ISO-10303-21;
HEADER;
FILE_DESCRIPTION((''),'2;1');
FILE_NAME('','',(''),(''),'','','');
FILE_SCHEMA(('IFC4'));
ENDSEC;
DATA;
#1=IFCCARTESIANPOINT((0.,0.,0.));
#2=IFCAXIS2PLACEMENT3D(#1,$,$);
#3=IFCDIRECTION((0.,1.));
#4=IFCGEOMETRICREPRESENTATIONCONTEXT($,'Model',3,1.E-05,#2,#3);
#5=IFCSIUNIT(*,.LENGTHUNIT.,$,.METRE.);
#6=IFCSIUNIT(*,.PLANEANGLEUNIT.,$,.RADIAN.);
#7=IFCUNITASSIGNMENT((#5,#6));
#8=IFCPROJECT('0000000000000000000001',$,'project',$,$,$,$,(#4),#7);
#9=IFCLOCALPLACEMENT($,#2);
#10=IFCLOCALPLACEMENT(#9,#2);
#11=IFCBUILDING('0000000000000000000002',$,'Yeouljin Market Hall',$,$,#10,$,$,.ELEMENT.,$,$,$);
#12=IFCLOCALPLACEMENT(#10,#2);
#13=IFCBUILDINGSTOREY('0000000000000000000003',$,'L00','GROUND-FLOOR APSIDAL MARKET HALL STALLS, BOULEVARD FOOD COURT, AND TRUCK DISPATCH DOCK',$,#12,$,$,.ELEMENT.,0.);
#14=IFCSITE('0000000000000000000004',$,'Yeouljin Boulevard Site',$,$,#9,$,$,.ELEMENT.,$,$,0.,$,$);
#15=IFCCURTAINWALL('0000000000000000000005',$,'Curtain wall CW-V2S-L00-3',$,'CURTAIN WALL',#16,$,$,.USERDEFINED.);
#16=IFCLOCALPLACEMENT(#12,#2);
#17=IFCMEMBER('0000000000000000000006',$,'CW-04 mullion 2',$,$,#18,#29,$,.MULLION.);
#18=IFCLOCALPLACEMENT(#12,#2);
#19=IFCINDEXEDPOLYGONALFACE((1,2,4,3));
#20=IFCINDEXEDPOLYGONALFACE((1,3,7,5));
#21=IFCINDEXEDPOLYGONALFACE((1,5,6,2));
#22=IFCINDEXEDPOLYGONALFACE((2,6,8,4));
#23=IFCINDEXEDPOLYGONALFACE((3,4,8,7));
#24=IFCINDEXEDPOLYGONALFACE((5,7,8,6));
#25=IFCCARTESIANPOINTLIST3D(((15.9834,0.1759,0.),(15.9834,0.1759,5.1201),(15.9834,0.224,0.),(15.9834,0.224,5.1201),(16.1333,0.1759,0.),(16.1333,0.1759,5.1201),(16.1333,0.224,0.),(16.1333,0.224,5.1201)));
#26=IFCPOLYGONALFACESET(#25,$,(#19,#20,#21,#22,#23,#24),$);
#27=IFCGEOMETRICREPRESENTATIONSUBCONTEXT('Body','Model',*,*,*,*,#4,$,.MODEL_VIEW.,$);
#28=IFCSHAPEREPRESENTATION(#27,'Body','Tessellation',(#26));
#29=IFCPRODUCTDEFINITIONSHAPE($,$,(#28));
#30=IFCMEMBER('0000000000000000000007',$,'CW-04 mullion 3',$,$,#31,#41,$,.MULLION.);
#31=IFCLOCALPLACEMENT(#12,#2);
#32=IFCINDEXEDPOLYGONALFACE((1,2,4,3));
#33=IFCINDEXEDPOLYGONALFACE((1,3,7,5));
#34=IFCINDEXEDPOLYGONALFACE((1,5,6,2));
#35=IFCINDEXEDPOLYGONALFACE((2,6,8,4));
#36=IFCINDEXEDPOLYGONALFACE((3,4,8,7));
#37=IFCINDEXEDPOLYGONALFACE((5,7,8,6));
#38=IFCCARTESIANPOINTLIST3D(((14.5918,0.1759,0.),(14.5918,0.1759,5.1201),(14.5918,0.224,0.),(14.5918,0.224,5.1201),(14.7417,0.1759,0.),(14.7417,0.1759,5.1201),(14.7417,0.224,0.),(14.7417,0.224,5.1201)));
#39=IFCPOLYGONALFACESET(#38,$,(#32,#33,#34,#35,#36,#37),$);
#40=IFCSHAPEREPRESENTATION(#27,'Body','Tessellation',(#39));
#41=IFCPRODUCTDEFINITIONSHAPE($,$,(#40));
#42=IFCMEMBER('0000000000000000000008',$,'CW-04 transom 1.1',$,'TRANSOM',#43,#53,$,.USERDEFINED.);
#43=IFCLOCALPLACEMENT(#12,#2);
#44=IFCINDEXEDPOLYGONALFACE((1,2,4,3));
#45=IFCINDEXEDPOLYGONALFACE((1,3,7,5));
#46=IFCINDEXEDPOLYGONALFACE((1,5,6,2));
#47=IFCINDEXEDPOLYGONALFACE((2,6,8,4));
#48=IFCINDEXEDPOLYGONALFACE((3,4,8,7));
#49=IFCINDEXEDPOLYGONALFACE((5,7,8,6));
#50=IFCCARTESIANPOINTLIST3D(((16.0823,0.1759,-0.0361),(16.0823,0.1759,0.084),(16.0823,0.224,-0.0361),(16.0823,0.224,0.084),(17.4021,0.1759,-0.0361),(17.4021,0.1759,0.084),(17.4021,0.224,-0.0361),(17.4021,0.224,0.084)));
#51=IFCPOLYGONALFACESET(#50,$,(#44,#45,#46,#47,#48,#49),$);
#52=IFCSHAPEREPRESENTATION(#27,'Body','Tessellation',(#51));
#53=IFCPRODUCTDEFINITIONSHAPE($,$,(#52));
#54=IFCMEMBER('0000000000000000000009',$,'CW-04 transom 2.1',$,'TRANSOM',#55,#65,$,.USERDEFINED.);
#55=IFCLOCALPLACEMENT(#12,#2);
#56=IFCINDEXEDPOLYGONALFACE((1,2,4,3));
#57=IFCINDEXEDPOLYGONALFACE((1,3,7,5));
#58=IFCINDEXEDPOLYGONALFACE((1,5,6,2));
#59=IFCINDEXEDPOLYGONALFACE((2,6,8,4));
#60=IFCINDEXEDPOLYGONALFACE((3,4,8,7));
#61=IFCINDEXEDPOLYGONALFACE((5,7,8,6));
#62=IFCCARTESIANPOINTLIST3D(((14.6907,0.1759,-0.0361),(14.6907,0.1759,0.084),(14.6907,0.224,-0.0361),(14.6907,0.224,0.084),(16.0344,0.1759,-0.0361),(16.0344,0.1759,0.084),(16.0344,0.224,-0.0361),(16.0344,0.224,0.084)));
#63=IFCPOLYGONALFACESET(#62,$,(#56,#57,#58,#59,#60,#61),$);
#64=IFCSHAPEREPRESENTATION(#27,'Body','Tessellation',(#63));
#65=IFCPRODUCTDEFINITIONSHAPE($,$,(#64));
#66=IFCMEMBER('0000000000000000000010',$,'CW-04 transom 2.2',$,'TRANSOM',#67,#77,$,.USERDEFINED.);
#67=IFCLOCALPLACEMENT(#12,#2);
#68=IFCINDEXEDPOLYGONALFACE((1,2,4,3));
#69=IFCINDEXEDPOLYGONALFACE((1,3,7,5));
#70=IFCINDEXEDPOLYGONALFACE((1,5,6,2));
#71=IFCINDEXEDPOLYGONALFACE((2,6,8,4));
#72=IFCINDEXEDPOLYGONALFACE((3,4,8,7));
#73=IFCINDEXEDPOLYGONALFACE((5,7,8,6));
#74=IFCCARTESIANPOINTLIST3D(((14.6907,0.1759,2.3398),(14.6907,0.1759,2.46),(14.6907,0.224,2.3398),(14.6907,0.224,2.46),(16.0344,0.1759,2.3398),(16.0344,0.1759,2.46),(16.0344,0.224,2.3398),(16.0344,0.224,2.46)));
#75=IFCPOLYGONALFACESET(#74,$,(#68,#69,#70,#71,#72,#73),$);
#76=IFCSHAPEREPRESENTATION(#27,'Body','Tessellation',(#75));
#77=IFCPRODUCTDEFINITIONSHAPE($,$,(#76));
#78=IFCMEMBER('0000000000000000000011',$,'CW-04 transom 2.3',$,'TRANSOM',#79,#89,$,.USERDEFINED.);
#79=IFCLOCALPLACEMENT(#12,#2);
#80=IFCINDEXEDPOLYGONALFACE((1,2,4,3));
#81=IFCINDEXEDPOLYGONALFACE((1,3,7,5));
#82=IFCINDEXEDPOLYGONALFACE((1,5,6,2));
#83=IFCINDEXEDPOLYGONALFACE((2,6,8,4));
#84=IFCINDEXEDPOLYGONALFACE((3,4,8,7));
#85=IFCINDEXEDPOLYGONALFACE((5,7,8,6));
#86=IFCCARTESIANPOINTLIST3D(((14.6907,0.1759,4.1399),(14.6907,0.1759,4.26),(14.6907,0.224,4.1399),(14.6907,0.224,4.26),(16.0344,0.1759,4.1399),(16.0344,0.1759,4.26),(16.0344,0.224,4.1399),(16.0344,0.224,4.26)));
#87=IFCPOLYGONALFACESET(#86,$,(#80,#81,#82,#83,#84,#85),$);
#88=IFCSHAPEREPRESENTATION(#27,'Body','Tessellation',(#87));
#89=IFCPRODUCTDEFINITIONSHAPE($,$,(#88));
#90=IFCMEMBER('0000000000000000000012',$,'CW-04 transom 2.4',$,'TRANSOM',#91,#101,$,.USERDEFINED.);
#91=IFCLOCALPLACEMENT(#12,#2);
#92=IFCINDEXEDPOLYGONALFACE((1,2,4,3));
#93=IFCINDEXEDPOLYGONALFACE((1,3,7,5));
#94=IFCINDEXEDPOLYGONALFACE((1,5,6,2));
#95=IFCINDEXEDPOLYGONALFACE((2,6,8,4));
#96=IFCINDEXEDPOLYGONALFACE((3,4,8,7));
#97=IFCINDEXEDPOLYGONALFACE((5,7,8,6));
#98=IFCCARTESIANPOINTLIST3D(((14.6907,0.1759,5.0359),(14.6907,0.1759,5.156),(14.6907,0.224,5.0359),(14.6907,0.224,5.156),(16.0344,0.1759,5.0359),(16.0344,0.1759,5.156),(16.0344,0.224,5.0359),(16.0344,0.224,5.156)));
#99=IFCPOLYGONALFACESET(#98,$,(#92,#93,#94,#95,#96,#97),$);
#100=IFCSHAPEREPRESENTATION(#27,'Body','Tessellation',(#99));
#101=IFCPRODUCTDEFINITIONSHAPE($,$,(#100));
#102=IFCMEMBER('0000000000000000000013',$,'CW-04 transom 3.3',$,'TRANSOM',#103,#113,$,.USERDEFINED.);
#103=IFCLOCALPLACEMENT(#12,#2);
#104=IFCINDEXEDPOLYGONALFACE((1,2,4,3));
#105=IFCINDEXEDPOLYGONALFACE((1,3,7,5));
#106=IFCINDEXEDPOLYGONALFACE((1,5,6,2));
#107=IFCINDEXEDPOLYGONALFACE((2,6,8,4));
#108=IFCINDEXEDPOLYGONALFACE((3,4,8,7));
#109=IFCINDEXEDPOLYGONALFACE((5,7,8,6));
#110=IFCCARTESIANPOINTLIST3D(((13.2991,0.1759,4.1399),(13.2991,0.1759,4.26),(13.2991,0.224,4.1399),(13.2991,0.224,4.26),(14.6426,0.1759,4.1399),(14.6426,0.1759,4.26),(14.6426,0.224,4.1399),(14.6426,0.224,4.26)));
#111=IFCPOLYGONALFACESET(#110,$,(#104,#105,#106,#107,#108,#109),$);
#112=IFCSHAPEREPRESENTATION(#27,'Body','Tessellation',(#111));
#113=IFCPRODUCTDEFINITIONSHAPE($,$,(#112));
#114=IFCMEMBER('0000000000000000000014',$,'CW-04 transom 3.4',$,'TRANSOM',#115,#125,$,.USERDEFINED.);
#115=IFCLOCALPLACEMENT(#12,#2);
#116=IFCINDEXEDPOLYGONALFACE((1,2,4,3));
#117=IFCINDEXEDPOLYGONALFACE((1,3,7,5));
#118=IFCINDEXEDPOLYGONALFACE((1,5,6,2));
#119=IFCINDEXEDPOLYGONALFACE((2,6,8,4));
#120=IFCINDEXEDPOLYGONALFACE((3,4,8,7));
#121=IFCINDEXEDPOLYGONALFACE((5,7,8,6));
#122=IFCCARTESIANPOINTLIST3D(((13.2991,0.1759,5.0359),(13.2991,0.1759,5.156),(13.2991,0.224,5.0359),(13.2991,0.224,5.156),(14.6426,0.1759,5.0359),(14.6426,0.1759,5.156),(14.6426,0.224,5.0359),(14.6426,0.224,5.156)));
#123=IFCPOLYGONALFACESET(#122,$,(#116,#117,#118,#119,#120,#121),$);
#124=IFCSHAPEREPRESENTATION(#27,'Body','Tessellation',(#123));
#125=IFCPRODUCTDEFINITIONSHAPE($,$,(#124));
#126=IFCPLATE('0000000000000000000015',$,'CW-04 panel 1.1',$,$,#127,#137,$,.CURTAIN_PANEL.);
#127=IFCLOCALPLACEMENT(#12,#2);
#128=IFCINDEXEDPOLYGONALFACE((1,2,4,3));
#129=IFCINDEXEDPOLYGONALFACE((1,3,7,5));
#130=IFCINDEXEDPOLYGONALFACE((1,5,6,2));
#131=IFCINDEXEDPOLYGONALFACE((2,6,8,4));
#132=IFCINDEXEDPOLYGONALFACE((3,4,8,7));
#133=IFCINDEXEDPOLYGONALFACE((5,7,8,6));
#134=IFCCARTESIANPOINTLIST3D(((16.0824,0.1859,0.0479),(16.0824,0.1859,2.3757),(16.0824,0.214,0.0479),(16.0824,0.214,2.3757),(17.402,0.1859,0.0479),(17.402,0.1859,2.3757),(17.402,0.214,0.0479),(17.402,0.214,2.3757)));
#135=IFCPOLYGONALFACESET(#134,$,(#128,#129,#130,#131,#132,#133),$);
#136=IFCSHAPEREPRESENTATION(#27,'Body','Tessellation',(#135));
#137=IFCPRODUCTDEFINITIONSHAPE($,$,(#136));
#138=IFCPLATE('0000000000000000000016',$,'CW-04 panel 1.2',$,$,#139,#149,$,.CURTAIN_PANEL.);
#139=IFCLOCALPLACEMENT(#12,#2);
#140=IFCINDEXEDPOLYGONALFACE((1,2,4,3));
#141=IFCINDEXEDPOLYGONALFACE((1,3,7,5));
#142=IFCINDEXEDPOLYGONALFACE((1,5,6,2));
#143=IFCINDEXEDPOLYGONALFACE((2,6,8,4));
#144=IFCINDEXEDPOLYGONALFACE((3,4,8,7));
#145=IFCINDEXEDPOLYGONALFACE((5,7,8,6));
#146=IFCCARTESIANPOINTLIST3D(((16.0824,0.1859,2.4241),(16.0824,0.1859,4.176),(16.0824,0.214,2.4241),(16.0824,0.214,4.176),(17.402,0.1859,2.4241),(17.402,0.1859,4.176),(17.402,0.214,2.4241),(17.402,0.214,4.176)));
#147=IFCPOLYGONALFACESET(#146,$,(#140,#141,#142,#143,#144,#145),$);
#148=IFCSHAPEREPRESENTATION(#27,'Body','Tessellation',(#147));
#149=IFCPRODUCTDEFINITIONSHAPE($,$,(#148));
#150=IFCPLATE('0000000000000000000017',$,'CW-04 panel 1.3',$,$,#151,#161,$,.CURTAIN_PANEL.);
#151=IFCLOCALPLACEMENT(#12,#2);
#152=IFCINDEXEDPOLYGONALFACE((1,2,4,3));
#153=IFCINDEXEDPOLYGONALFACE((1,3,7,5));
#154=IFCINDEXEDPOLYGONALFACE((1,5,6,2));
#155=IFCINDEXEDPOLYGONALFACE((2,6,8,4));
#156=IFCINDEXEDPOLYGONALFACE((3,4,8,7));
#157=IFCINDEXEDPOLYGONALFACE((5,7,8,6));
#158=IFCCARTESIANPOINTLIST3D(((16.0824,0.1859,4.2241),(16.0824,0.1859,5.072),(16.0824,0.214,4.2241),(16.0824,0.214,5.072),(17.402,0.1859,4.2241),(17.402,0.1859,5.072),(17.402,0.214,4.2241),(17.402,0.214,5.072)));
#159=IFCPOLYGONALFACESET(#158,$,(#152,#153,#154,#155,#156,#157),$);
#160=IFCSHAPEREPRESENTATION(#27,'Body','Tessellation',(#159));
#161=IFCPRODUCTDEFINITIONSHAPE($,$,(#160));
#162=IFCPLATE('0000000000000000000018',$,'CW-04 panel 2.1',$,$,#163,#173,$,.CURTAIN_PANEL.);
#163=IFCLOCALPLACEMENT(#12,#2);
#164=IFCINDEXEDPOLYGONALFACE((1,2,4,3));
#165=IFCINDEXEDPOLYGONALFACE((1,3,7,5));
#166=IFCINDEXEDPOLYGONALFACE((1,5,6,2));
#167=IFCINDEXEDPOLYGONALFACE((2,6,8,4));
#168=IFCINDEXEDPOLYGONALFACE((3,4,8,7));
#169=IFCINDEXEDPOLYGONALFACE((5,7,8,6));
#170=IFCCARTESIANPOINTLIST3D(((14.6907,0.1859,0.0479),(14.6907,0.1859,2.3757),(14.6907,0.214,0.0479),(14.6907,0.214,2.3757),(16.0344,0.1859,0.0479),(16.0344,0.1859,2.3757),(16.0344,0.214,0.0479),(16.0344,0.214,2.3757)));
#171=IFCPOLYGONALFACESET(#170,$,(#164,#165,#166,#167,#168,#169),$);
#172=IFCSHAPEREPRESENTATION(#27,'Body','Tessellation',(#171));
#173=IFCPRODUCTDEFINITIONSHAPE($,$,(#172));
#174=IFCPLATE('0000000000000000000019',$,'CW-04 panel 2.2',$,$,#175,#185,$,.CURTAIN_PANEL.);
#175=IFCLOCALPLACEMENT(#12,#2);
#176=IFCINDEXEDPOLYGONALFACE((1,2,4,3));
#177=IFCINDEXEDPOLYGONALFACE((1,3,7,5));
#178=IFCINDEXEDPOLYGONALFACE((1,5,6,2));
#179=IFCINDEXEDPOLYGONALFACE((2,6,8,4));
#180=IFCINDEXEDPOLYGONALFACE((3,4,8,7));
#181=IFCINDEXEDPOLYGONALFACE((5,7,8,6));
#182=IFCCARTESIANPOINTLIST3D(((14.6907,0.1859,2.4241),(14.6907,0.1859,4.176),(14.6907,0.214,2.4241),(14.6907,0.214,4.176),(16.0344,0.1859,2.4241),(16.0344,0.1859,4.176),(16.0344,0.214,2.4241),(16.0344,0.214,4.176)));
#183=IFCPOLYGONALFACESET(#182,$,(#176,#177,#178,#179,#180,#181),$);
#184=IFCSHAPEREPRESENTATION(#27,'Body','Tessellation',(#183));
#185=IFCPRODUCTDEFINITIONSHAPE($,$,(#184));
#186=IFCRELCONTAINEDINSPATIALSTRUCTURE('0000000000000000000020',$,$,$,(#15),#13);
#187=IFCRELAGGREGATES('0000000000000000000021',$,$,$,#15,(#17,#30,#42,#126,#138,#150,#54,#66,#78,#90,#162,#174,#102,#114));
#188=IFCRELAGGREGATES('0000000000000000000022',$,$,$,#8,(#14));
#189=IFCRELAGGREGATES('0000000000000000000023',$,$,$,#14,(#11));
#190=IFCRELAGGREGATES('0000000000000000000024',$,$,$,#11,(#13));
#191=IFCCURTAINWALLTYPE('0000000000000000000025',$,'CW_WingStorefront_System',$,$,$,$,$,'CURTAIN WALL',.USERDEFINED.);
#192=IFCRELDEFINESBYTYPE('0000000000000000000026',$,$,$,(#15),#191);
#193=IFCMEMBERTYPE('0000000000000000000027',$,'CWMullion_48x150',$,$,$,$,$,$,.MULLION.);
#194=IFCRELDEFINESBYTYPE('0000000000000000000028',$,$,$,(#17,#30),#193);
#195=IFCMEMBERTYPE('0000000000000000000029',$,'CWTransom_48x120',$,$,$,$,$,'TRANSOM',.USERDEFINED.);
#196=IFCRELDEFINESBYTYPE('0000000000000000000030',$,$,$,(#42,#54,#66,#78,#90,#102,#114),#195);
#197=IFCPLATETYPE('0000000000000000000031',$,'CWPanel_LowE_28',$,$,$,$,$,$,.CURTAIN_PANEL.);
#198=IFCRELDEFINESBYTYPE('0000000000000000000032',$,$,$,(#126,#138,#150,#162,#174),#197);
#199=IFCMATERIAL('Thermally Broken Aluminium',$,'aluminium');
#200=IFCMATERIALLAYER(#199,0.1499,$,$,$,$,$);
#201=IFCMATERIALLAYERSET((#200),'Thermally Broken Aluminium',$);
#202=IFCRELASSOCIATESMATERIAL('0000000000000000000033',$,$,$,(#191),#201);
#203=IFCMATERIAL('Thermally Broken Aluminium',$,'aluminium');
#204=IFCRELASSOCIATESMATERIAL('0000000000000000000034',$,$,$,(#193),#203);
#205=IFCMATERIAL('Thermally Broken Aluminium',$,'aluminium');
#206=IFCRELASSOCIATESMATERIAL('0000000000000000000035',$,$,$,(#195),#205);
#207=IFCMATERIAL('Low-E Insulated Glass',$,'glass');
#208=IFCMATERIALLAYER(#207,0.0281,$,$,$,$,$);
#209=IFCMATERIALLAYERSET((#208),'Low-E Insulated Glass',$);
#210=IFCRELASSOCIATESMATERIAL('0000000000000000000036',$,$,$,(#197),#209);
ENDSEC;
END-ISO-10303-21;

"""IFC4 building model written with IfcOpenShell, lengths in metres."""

from ifc_helpers import new_model, si_unit, direction, frame, origin, origin_2d, place, context, subcontext, project, spatial, rectangle, extrude, material, layer, layer_set, material_profile, profile_set, type_object, element, aggregate, save


model = new_model("IFC4")

# Units and contexts
model_context = context("Model", 3, precision=1e-05, world=origin(), true_north=direction((0.0, 1.0)))
body_context = subcontext(model_context, "Body", "Model", "MODEL_VIEW")
ifc_project = project(units=[si_unit("LENGTHUNIT", "METRE"), si_unit("PLANEANGLEUNIT", "RADIAN")], contexts=[model_context])

# Site, building, storey
site_placement = place(None, origin())
site = spatial("IfcSite", under=ifc_project, at=site_placement, Name="Yeouljin Boulevard Site", CompositionType="ELEMENT", RefElevation=0.0)
building_placement = place(site_placement, origin())
building = spatial("IfcBuilding", under=site, at=building_placement, Name="Yeouljin Market Hall", CompositionType="ELEMENT")
storey_placement = place(building_placement, origin())
storey = spatial("IfcBuildingStorey", under=building, at=storey_placement, Name="L00", Description="GROUND-FLOOR APSIDAL MARKET HALL STALLS, BOULEVARD FOOD COURT, AND TRUCK DISPATCH DOCK", CompositionType="ELEMENT", Elevation=0.0)

# Curtain wall, members, plates
ifc_material_1 = material(Name="Thermally Broken Aluminium", Category="aluminium")
ifc_layer_1 = layer(ifc_material_1, 0.1499)
ifc_layer_set_1 = layer_set([ifc_layer_1], Name="Thermally Broken Aluminium")
curtain_wall_type = type_object("IfcCurtainWallType", Name="CW_WingStorefront_System", ElementType="CURTAIN WALL", PredefinedType="USERDEFINED", material=ifc_layer_set_1)
curtain_wall_placement = place(storey_placement, origin())
curtain_wall = element("IfcCurtainWall", 1, at=curtain_wall_placement, inside=storey, type_object=curtain_wall_type, Name="Curtain wall CW-V2S-L00-3", ObjectType="CURTAIN WALL", PredefinedType="USERDEFINED")
ifc_material_2 = material(Name="Thermally Broken Aluminium", Category="aluminium")
ifc_material_profile_1 = material_profile(ifc_material_2, rectangle(XDim=0.0481, YDim=0.1499, at=origin_2d()), Name="CW-MULL-48x150")
ifc_profile_set_1 = profile_set([ifc_material_profile_1], Name="Thermally Broken Aluminium")
member_type_1 = type_object("IfcMemberType", Name="CWMullion_48x150", PredefinedType="MULLION", material=ifc_profile_set_1)
member_1_placement = place(storey_placement, frame((16.0583, 0.2, 0.0), z_axis=(0.0, 0.0, 1.0), x_axis=(0.0, -1.0, 0.0)))
member_1 = element("IfcMember", 2, at=member_1_placement, type_object=member_type_1, Name="CW-04 mullion 2", PredefinedType="MULLION", context=body_context, shape_type="SweptSolid", body=[
    extrude(rectangle(XDim=0.0481, YDim=0.1499, at=origin_2d()), origin(), (0.0, 0.0, 1.0), 5.1201),
])
member_2_placement = place(storey_placement, frame((14.6667, 0.2, 0.0), z_axis=(0.0, 0.0, 1.0), x_axis=(0.0, -1.0, 0.0)))
member_2 = element("IfcMember", 3, at=member_2_placement, type_object=member_type_1, Name="CW-04 mullion 3", PredefinedType="MULLION", context=body_context, shape_type="SweptSolid", body=[
    extrude(rectangle(XDim=0.0481, YDim=0.1499, at=origin_2d()), origin(), (0.0, 0.0, 1.0), 5.1201),
])
ifc_material_3 = material(Name="Thermally Broken Aluminium", Category="aluminium")
ifc_material_profile_2 = material_profile(ifc_material_3, rectangle(XDim=0.0481, YDim=0.1201, at=origin_2d()), Name="CW-TRAN-48x120")
ifc_profile_set_2 = profile_set([ifc_material_profile_2], Name="Thermally Broken Aluminium")
member_type_2 = type_object("IfcMemberType", Name="CWTransom_48x120", ElementType="TRANSOM", PredefinedType="USERDEFINED", material=ifc_profile_set_2)
member_3_placement = place(storey_placement, frame((17.4021, 0.2, 0.0239), z_axis=(-1.0, 0.0, 0.0), x_axis=(0.0, -1.0, 0.0)))
member_3 = element("IfcMember", 4, at=member_3_placement, type_object=member_type_2, Name="CW-04 transom 1.1", ObjectType="TRANSOM", PredefinedType="USERDEFINED", context=body_context, shape_type="SweptSolid", body=[
    extrude(rectangle(XDim=0.0481, YDim=0.1201, at=origin_2d()), origin(), (0.0, 0.0, 1.0), 1.3198),
])
member_4_placement = place(storey_placement, frame((16.0344, 0.2, 0.0239), z_axis=(-1.0, 0.0, 0.0), x_axis=(0.0, -1.0, 0.0)))
member_4 = element("IfcMember", 5, at=member_4_placement, type_object=member_type_2, Name="CW-04 transom 2.1", ObjectType="TRANSOM", PredefinedType="USERDEFINED", context=body_context, shape_type="SweptSolid", body=[
    extrude(rectangle(XDim=0.0481, YDim=0.1201, at=origin_2d()), origin(), (0.0, 0.0, 1.0), 1.3438),
])
member_5_placement = place(storey_placement, frame((16.0344, 0.2, 2.3999), z_axis=(-1.0, 0.0, 0.0), x_axis=(0.0, -1.0, 0.0)))
member_5 = element("IfcMember", 6, at=member_5_placement, type_object=member_type_2, Name="CW-04 transom 2.2", ObjectType="TRANSOM", PredefinedType="USERDEFINED", context=body_context, shape_type="SweptSolid", body=[
    extrude(rectangle(XDim=0.0481, YDim=0.1201, at=origin_2d()), origin(), (0.0, 0.0, 1.0), 1.3438),
])
member_6_placement = place(storey_placement, frame((16.0344, 0.2, 4.2), z_axis=(-1.0, 0.0, 0.0), x_axis=(0.0, -1.0, 0.0)))
member_6 = element("IfcMember", 7, at=member_6_placement, type_object=member_type_2, Name="CW-04 transom 2.3", ObjectType="TRANSOM", PredefinedType="USERDEFINED", context=body_context, shape_type="SweptSolid", body=[
    extrude(rectangle(XDim=0.0481, YDim=0.1201, at=origin_2d()), origin(), (0.0, 0.0, 1.0), 1.3438),
])
member_7_placement = place(storey_placement, frame((16.0344, 0.2, 5.0959), z_axis=(-1.0, 0.0, 0.0), x_axis=(0.0, -1.0, 0.0)))
member_7 = element("IfcMember", 8, at=member_7_placement, type_object=member_type_2, Name="CW-04 transom 2.4", ObjectType="TRANSOM", PredefinedType="USERDEFINED", context=body_context, shape_type="SweptSolid", body=[
    extrude(rectangle(XDim=0.0481, YDim=0.1201, at=origin_2d()), origin(), (0.0, 0.0, 1.0), 1.3438),
])
member_8_placement = place(storey_placement, frame((14.6426, 0.2, 4.2), z_axis=(-1.0, 0.0, 0.0), x_axis=(0.0, -1.0, 0.0)))
member_8 = element("IfcMember", 9, at=member_8_placement, type_object=member_type_2, Name="CW-04 transom 3.3", ObjectType="TRANSOM", PredefinedType="USERDEFINED", context=body_context, shape_type="SweptSolid", body=[
    extrude(rectangle(XDim=0.0481, YDim=0.1201, at=origin_2d()), origin(), (0.0, 0.0, 1.0), 1.3435),
])
member_9_placement = place(storey_placement, frame((14.6426, 0.2, 5.0959), z_axis=(-1.0, 0.0, 0.0), x_axis=(0.0, -1.0, 0.0)))
member_9 = element("IfcMember", 10, at=member_9_placement, type_object=member_type_2, Name="CW-04 transom 3.4", ObjectType="TRANSOM", PredefinedType="USERDEFINED", context=body_context, shape_type="SweptSolid", body=[
    extrude(rectangle(XDim=0.0481, YDim=0.1201, at=origin_2d()), origin(), (0.0, 0.0, 1.0), 1.3435),
])
ifc_material_4 = material(Name="Low-E Insulated Glass", Category="glass")
ifc_layer_2 = layer(ifc_material_4, 0.0281)
ifc_layer_set_2 = layer_set([ifc_layer_2], Name="Low-E Insulated Glass")
plate_type = type_object("IfcPlateType", Name="CWPanel_LowE_28", PredefinedType="CURTAIN_PANEL", material=ifc_layer_set_2)
plate_1_placement = place(storey_placement, frame((16.7422, 0.2, 0.0479), z_axis=(0.0, 0.0, 1.0), x_axis=(-1.0, 0.0, 0.0)))
plate_1 = element("IfcPlate", 11, at=plate_1_placement, type_object=plate_type, Name="CW-04 panel 1.1", PredefinedType="CURTAIN_PANEL", context=body_context, shape_type="SweptSolid", body=[
    extrude(rectangle(XDim=1.3196, YDim=0.0281, at=origin_2d()), origin(), (0.0, 0.0, 1.0), 2.3279),
])
plate_2_placement = place(storey_placement, frame((16.7422, 0.2, 2.4241), z_axis=(0.0, 0.0, 1.0), x_axis=(-1.0, 0.0, 0.0)))
plate_2 = element("IfcPlate", 12, at=plate_2_placement, type_object=plate_type, Name="CW-04 panel 1.2", PredefinedType="CURTAIN_PANEL", context=body_context, shape_type="SweptSolid", body=[
    extrude(rectangle(XDim=1.3196, YDim=0.0281, at=origin_2d()), origin(), (0.0, 0.0, 1.0), 1.752),
])
plate_3_placement = place(storey_placement, frame((16.7422, 0.2, 4.2241), z_axis=(0.0, 0.0, 1.0), x_axis=(-1.0, 0.0, 0.0)))
plate_3 = element("IfcPlate", 13, at=plate_3_placement, type_object=plate_type, Name="CW-04 panel 1.3", PredefinedType="CURTAIN_PANEL", context=body_context, shape_type="SweptSolid", body=[
    extrude(rectangle(XDim=1.3196, YDim=0.0281, at=origin_2d()), origin(), (0.0, 0.0, 1.0), 0.8479),
])
plate_4_placement = place(storey_placement, frame((15.3625, 0.2, 0.0479), z_axis=(0.0, 0.0, 1.0), x_axis=(-1.0, 0.0, 0.0)))
plate_4 = element("IfcPlate", 14, at=plate_4_placement, type_object=plate_type, Name="CW-04 panel 2.1", PredefinedType="CURTAIN_PANEL", context=body_context, shape_type="SweptSolid", body=[
    extrude(rectangle(XDim=1.3438, YDim=0.0281, at=origin_2d()), origin(), (0.0, 0.0, 1.0), 2.3279),
])
plate_5_placement = place(storey_placement, frame((15.3625, 0.2, 2.4241), z_axis=(0.0, 0.0, 1.0), x_axis=(-1.0, 0.0, 0.0)))
plate_5 = element("IfcPlate", 15, at=plate_5_placement, type_object=plate_type, Name="CW-04 panel 2.2", PredefinedType="CURTAIN_PANEL", context=body_context, shape_type="SweptSolid", body=[
    extrude(rectangle(XDim=1.3438, YDim=0.0281, at=origin_2d()), origin(), (0.0, 0.0, 1.0), 1.752),
])
aggregate(curtain_wall, [member_1, member_2, member_3, plate_1, plate_2, plate_3, member_4, member_5, member_6, member_7, plate_4, plate_5, member_8, member_9])

save(model, "model.ifc")
